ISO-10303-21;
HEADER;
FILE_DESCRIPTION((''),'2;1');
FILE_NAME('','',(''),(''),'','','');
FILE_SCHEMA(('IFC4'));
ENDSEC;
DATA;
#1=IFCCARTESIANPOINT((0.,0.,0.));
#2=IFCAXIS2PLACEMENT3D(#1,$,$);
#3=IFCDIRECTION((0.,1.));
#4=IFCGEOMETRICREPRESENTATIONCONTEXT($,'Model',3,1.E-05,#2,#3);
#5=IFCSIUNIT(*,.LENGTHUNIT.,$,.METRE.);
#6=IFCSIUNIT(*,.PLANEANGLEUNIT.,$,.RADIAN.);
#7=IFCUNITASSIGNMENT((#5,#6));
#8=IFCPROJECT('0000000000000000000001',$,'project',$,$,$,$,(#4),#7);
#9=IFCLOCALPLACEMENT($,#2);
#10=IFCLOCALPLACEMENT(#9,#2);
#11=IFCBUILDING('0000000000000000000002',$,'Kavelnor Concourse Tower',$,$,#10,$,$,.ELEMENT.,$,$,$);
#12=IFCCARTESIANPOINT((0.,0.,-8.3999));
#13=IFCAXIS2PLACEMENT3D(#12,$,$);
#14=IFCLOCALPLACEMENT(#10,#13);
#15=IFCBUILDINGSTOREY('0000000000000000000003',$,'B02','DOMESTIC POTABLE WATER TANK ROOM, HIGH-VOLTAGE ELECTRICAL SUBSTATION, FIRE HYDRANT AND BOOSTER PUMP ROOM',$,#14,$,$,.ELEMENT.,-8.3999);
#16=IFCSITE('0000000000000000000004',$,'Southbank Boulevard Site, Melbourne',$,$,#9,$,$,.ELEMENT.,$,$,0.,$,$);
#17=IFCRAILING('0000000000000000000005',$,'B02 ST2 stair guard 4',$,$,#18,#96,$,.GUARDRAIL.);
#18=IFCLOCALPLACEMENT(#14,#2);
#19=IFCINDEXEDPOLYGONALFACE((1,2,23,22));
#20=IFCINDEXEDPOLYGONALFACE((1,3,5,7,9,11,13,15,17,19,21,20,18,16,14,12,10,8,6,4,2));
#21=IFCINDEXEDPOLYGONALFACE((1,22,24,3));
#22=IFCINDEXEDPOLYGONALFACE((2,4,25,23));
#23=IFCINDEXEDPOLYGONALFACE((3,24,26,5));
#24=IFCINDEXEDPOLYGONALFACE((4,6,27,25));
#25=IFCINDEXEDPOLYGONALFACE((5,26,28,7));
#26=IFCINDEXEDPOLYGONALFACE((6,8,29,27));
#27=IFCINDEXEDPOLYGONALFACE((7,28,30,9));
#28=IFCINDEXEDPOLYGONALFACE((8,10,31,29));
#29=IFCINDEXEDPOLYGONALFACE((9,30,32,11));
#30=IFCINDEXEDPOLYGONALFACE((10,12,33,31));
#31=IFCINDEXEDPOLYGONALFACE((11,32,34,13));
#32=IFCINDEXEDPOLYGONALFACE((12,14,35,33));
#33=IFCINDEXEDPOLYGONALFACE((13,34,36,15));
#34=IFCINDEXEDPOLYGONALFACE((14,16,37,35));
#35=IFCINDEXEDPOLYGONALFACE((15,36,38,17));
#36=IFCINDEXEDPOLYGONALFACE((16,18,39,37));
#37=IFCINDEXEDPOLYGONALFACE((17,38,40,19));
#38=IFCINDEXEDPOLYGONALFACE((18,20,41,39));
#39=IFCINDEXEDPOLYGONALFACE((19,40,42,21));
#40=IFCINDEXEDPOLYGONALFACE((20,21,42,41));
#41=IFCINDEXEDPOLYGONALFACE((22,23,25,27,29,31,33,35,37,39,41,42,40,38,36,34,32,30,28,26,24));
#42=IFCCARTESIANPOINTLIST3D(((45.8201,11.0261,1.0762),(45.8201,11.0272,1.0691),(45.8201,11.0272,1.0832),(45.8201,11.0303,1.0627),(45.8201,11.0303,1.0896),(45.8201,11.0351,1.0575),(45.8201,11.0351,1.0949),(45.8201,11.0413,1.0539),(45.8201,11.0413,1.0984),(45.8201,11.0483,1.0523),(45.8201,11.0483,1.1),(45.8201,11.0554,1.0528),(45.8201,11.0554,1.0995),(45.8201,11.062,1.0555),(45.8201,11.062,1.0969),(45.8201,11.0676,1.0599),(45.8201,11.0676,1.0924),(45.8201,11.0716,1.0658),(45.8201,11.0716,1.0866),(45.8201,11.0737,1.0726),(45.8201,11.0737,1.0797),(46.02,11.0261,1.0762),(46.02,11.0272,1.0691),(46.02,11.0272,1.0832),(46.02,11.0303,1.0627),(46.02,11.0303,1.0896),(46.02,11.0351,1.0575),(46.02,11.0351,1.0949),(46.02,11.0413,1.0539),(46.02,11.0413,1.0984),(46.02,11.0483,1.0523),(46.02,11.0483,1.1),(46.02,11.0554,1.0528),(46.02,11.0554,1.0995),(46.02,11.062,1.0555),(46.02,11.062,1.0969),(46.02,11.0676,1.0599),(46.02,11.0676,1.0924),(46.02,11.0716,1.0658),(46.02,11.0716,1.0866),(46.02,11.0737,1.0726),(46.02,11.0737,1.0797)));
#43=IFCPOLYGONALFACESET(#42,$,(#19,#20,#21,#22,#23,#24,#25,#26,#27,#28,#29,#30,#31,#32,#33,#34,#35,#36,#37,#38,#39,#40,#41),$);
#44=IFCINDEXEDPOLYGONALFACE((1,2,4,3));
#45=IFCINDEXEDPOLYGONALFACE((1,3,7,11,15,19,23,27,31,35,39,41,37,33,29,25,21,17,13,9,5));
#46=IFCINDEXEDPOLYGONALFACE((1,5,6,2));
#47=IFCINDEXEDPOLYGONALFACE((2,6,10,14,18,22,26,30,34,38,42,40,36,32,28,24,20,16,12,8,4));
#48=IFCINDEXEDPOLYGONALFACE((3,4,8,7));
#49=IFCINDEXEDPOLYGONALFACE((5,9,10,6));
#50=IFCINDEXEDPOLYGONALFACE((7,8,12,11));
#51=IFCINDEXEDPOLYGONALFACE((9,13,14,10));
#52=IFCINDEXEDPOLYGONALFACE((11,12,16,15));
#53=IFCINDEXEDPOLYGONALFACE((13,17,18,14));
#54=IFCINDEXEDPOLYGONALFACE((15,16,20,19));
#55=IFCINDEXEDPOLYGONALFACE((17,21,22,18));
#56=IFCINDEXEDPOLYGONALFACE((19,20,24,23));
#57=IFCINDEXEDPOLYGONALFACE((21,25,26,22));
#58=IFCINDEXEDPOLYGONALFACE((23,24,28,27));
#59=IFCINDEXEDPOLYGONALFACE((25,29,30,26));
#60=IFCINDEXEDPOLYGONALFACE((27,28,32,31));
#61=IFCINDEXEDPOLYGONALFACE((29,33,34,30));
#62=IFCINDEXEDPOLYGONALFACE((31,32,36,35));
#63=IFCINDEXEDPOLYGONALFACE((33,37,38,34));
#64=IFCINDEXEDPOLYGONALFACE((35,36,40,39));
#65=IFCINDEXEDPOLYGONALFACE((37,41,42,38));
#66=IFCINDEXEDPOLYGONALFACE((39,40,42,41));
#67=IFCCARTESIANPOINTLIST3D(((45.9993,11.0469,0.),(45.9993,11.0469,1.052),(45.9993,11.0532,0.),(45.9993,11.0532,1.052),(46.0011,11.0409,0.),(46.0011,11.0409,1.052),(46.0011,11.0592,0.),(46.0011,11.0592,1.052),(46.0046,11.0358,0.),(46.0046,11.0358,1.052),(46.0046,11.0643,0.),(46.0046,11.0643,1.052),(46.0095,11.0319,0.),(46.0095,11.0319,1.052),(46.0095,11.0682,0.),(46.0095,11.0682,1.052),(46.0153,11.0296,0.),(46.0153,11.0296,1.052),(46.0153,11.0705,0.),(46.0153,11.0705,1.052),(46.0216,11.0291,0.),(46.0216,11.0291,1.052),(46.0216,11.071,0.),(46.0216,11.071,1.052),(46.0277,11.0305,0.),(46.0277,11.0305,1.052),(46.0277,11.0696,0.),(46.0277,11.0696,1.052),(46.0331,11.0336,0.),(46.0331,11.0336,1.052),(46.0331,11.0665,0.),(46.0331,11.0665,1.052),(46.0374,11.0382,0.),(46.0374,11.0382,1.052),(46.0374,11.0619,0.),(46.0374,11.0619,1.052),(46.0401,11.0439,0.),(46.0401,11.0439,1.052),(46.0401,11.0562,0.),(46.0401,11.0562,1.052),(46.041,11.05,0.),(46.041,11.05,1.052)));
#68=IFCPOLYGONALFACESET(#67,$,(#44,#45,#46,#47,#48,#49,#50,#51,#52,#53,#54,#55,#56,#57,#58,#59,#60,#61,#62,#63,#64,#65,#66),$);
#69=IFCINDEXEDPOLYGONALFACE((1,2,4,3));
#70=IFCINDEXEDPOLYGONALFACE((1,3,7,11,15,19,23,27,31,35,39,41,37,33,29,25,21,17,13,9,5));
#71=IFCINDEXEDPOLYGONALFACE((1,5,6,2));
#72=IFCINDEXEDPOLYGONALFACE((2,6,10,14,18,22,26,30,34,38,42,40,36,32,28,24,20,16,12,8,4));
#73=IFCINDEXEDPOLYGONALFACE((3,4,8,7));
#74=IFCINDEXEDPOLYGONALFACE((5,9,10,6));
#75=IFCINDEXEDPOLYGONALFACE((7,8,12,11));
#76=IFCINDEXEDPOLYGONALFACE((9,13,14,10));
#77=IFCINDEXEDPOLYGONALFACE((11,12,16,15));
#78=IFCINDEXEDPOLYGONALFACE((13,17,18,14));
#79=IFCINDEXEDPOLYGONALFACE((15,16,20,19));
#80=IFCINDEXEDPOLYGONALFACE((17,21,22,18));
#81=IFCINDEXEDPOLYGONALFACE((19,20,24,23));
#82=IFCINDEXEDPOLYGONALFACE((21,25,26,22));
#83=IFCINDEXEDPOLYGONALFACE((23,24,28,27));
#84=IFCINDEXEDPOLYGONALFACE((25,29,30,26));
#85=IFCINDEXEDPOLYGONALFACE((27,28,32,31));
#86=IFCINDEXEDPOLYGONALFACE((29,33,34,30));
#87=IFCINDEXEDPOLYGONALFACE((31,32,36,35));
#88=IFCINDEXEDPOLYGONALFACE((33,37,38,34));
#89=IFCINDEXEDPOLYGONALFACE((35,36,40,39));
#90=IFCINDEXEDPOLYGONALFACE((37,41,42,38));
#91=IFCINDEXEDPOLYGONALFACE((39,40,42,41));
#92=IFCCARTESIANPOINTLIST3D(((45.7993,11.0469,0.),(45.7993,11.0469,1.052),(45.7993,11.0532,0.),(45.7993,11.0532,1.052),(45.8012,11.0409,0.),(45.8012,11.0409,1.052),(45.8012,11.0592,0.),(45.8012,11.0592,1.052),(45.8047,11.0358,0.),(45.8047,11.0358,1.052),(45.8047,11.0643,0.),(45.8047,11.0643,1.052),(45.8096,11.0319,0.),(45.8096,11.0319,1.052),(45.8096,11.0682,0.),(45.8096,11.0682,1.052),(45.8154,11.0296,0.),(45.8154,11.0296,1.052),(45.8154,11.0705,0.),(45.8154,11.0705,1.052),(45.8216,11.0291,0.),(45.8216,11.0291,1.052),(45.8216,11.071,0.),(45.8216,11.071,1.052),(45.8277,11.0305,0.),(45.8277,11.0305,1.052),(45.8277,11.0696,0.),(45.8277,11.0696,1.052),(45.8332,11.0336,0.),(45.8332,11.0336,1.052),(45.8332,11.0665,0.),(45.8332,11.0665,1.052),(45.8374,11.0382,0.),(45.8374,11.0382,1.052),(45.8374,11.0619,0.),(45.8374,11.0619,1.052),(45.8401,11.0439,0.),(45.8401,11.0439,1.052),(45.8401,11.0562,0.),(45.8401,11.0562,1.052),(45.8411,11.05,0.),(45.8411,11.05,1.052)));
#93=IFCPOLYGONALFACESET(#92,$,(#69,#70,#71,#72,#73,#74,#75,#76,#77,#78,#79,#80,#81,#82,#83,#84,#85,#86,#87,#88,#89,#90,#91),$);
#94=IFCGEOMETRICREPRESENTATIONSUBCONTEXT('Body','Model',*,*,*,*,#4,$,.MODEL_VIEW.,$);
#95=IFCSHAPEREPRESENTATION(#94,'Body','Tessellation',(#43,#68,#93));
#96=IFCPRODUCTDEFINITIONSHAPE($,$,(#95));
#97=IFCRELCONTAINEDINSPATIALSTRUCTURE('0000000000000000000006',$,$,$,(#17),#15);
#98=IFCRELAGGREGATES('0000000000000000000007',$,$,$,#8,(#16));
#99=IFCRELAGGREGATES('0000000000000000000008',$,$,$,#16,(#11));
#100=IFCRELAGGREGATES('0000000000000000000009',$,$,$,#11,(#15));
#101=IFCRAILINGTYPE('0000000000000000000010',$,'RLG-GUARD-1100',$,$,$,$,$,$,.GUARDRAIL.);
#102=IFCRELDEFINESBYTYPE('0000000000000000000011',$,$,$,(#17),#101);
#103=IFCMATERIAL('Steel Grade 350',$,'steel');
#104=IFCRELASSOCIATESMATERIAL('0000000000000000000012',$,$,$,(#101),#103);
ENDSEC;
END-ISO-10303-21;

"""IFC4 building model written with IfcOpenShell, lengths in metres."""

from ifc_helpers import new_model, si_unit, direction, frame, origin, origin_2d, place, context, subcontext, project, spatial, circle, extrude, material, type_object, element, save


model = new_model("IFC4")

# Units and contexts
model_context = context("Model", 3, precision=1e-05, world=origin(), true_north=direction((0.0, 1.0)))
body_context = subcontext(model_context, "Body", "Model", "MODEL_VIEW")
ifc_project = project(units=[si_unit("LENGTHUNIT", "METRE"), si_unit("PLANEANGLEUNIT", "RADIAN")], contexts=[model_context])

# Site, building, storey
site_placement = place(None, origin())
site = spatial("IfcSite", under=ifc_project, at=site_placement, Name="Southbank Boulevard Site, Melbourne", CompositionType="ELEMENT", RefElevation=0.0)
building_placement = place(site_placement, origin())
building = spatial("IfcBuilding", under=site, at=building_placement, Name="Kavelnor Concourse Tower", CompositionType="ELEMENT")
storey_placement = place(building_placement, frame((0.0, 0.0, -8.3999)))
storey = spatial("IfcBuildingStorey", under=building, at=storey_placement, Name="B02", Description="DOMESTIC POTABLE WATER TANK ROOM, HIGH-VOLTAGE ELECTRICAL SUBSTATION, FIRE HYDRANT AND BOOSTER PUMP ROOM", CompositionType="ELEMENT", Elevation=-8.3999)

# Shared definitions
ifc_material_1 = material(Name="Steel Grade 350", Category="steel")

# Railing
railing_type_1 = type_object("IfcRailingType", Name="RLG-GUARD-1100", PredefinedType="GUARDRAIL", material=ifc_material_1)
railing_1_placement = place(storey_placement, frame((46.02, 11.05, 0.0)))
element("IfcRailing", 1, at=railing_1_placement, inside=storey, type_object=railing_type_1, Name="B02 ST2 stair guard 4", PredefinedType="GUARDRAIL", context=body_context, shape_type="SweptSolid", body=[
    extrude(circle(Radius=0.0239, at=origin_2d()), frame((0.0, 0.0, 1.0762), z_axis=(-1.0, 0.0, 0.0), x_axis=(0.0, -1.0, 0.0)), (0.0, 0.0, 1.0), 0.2),
    extrude(circle(Radius=0.021, at=origin_2d()), origin(), (0.0, 0.0, 1.0), 1.052),
    extrude(circle(Radius=0.021, at=origin_2d()), frame((-0.2, 0.0, 0.0)), (0.0, 0.0, 1.0), 1.052),
])

save(model, "model.ifc")
